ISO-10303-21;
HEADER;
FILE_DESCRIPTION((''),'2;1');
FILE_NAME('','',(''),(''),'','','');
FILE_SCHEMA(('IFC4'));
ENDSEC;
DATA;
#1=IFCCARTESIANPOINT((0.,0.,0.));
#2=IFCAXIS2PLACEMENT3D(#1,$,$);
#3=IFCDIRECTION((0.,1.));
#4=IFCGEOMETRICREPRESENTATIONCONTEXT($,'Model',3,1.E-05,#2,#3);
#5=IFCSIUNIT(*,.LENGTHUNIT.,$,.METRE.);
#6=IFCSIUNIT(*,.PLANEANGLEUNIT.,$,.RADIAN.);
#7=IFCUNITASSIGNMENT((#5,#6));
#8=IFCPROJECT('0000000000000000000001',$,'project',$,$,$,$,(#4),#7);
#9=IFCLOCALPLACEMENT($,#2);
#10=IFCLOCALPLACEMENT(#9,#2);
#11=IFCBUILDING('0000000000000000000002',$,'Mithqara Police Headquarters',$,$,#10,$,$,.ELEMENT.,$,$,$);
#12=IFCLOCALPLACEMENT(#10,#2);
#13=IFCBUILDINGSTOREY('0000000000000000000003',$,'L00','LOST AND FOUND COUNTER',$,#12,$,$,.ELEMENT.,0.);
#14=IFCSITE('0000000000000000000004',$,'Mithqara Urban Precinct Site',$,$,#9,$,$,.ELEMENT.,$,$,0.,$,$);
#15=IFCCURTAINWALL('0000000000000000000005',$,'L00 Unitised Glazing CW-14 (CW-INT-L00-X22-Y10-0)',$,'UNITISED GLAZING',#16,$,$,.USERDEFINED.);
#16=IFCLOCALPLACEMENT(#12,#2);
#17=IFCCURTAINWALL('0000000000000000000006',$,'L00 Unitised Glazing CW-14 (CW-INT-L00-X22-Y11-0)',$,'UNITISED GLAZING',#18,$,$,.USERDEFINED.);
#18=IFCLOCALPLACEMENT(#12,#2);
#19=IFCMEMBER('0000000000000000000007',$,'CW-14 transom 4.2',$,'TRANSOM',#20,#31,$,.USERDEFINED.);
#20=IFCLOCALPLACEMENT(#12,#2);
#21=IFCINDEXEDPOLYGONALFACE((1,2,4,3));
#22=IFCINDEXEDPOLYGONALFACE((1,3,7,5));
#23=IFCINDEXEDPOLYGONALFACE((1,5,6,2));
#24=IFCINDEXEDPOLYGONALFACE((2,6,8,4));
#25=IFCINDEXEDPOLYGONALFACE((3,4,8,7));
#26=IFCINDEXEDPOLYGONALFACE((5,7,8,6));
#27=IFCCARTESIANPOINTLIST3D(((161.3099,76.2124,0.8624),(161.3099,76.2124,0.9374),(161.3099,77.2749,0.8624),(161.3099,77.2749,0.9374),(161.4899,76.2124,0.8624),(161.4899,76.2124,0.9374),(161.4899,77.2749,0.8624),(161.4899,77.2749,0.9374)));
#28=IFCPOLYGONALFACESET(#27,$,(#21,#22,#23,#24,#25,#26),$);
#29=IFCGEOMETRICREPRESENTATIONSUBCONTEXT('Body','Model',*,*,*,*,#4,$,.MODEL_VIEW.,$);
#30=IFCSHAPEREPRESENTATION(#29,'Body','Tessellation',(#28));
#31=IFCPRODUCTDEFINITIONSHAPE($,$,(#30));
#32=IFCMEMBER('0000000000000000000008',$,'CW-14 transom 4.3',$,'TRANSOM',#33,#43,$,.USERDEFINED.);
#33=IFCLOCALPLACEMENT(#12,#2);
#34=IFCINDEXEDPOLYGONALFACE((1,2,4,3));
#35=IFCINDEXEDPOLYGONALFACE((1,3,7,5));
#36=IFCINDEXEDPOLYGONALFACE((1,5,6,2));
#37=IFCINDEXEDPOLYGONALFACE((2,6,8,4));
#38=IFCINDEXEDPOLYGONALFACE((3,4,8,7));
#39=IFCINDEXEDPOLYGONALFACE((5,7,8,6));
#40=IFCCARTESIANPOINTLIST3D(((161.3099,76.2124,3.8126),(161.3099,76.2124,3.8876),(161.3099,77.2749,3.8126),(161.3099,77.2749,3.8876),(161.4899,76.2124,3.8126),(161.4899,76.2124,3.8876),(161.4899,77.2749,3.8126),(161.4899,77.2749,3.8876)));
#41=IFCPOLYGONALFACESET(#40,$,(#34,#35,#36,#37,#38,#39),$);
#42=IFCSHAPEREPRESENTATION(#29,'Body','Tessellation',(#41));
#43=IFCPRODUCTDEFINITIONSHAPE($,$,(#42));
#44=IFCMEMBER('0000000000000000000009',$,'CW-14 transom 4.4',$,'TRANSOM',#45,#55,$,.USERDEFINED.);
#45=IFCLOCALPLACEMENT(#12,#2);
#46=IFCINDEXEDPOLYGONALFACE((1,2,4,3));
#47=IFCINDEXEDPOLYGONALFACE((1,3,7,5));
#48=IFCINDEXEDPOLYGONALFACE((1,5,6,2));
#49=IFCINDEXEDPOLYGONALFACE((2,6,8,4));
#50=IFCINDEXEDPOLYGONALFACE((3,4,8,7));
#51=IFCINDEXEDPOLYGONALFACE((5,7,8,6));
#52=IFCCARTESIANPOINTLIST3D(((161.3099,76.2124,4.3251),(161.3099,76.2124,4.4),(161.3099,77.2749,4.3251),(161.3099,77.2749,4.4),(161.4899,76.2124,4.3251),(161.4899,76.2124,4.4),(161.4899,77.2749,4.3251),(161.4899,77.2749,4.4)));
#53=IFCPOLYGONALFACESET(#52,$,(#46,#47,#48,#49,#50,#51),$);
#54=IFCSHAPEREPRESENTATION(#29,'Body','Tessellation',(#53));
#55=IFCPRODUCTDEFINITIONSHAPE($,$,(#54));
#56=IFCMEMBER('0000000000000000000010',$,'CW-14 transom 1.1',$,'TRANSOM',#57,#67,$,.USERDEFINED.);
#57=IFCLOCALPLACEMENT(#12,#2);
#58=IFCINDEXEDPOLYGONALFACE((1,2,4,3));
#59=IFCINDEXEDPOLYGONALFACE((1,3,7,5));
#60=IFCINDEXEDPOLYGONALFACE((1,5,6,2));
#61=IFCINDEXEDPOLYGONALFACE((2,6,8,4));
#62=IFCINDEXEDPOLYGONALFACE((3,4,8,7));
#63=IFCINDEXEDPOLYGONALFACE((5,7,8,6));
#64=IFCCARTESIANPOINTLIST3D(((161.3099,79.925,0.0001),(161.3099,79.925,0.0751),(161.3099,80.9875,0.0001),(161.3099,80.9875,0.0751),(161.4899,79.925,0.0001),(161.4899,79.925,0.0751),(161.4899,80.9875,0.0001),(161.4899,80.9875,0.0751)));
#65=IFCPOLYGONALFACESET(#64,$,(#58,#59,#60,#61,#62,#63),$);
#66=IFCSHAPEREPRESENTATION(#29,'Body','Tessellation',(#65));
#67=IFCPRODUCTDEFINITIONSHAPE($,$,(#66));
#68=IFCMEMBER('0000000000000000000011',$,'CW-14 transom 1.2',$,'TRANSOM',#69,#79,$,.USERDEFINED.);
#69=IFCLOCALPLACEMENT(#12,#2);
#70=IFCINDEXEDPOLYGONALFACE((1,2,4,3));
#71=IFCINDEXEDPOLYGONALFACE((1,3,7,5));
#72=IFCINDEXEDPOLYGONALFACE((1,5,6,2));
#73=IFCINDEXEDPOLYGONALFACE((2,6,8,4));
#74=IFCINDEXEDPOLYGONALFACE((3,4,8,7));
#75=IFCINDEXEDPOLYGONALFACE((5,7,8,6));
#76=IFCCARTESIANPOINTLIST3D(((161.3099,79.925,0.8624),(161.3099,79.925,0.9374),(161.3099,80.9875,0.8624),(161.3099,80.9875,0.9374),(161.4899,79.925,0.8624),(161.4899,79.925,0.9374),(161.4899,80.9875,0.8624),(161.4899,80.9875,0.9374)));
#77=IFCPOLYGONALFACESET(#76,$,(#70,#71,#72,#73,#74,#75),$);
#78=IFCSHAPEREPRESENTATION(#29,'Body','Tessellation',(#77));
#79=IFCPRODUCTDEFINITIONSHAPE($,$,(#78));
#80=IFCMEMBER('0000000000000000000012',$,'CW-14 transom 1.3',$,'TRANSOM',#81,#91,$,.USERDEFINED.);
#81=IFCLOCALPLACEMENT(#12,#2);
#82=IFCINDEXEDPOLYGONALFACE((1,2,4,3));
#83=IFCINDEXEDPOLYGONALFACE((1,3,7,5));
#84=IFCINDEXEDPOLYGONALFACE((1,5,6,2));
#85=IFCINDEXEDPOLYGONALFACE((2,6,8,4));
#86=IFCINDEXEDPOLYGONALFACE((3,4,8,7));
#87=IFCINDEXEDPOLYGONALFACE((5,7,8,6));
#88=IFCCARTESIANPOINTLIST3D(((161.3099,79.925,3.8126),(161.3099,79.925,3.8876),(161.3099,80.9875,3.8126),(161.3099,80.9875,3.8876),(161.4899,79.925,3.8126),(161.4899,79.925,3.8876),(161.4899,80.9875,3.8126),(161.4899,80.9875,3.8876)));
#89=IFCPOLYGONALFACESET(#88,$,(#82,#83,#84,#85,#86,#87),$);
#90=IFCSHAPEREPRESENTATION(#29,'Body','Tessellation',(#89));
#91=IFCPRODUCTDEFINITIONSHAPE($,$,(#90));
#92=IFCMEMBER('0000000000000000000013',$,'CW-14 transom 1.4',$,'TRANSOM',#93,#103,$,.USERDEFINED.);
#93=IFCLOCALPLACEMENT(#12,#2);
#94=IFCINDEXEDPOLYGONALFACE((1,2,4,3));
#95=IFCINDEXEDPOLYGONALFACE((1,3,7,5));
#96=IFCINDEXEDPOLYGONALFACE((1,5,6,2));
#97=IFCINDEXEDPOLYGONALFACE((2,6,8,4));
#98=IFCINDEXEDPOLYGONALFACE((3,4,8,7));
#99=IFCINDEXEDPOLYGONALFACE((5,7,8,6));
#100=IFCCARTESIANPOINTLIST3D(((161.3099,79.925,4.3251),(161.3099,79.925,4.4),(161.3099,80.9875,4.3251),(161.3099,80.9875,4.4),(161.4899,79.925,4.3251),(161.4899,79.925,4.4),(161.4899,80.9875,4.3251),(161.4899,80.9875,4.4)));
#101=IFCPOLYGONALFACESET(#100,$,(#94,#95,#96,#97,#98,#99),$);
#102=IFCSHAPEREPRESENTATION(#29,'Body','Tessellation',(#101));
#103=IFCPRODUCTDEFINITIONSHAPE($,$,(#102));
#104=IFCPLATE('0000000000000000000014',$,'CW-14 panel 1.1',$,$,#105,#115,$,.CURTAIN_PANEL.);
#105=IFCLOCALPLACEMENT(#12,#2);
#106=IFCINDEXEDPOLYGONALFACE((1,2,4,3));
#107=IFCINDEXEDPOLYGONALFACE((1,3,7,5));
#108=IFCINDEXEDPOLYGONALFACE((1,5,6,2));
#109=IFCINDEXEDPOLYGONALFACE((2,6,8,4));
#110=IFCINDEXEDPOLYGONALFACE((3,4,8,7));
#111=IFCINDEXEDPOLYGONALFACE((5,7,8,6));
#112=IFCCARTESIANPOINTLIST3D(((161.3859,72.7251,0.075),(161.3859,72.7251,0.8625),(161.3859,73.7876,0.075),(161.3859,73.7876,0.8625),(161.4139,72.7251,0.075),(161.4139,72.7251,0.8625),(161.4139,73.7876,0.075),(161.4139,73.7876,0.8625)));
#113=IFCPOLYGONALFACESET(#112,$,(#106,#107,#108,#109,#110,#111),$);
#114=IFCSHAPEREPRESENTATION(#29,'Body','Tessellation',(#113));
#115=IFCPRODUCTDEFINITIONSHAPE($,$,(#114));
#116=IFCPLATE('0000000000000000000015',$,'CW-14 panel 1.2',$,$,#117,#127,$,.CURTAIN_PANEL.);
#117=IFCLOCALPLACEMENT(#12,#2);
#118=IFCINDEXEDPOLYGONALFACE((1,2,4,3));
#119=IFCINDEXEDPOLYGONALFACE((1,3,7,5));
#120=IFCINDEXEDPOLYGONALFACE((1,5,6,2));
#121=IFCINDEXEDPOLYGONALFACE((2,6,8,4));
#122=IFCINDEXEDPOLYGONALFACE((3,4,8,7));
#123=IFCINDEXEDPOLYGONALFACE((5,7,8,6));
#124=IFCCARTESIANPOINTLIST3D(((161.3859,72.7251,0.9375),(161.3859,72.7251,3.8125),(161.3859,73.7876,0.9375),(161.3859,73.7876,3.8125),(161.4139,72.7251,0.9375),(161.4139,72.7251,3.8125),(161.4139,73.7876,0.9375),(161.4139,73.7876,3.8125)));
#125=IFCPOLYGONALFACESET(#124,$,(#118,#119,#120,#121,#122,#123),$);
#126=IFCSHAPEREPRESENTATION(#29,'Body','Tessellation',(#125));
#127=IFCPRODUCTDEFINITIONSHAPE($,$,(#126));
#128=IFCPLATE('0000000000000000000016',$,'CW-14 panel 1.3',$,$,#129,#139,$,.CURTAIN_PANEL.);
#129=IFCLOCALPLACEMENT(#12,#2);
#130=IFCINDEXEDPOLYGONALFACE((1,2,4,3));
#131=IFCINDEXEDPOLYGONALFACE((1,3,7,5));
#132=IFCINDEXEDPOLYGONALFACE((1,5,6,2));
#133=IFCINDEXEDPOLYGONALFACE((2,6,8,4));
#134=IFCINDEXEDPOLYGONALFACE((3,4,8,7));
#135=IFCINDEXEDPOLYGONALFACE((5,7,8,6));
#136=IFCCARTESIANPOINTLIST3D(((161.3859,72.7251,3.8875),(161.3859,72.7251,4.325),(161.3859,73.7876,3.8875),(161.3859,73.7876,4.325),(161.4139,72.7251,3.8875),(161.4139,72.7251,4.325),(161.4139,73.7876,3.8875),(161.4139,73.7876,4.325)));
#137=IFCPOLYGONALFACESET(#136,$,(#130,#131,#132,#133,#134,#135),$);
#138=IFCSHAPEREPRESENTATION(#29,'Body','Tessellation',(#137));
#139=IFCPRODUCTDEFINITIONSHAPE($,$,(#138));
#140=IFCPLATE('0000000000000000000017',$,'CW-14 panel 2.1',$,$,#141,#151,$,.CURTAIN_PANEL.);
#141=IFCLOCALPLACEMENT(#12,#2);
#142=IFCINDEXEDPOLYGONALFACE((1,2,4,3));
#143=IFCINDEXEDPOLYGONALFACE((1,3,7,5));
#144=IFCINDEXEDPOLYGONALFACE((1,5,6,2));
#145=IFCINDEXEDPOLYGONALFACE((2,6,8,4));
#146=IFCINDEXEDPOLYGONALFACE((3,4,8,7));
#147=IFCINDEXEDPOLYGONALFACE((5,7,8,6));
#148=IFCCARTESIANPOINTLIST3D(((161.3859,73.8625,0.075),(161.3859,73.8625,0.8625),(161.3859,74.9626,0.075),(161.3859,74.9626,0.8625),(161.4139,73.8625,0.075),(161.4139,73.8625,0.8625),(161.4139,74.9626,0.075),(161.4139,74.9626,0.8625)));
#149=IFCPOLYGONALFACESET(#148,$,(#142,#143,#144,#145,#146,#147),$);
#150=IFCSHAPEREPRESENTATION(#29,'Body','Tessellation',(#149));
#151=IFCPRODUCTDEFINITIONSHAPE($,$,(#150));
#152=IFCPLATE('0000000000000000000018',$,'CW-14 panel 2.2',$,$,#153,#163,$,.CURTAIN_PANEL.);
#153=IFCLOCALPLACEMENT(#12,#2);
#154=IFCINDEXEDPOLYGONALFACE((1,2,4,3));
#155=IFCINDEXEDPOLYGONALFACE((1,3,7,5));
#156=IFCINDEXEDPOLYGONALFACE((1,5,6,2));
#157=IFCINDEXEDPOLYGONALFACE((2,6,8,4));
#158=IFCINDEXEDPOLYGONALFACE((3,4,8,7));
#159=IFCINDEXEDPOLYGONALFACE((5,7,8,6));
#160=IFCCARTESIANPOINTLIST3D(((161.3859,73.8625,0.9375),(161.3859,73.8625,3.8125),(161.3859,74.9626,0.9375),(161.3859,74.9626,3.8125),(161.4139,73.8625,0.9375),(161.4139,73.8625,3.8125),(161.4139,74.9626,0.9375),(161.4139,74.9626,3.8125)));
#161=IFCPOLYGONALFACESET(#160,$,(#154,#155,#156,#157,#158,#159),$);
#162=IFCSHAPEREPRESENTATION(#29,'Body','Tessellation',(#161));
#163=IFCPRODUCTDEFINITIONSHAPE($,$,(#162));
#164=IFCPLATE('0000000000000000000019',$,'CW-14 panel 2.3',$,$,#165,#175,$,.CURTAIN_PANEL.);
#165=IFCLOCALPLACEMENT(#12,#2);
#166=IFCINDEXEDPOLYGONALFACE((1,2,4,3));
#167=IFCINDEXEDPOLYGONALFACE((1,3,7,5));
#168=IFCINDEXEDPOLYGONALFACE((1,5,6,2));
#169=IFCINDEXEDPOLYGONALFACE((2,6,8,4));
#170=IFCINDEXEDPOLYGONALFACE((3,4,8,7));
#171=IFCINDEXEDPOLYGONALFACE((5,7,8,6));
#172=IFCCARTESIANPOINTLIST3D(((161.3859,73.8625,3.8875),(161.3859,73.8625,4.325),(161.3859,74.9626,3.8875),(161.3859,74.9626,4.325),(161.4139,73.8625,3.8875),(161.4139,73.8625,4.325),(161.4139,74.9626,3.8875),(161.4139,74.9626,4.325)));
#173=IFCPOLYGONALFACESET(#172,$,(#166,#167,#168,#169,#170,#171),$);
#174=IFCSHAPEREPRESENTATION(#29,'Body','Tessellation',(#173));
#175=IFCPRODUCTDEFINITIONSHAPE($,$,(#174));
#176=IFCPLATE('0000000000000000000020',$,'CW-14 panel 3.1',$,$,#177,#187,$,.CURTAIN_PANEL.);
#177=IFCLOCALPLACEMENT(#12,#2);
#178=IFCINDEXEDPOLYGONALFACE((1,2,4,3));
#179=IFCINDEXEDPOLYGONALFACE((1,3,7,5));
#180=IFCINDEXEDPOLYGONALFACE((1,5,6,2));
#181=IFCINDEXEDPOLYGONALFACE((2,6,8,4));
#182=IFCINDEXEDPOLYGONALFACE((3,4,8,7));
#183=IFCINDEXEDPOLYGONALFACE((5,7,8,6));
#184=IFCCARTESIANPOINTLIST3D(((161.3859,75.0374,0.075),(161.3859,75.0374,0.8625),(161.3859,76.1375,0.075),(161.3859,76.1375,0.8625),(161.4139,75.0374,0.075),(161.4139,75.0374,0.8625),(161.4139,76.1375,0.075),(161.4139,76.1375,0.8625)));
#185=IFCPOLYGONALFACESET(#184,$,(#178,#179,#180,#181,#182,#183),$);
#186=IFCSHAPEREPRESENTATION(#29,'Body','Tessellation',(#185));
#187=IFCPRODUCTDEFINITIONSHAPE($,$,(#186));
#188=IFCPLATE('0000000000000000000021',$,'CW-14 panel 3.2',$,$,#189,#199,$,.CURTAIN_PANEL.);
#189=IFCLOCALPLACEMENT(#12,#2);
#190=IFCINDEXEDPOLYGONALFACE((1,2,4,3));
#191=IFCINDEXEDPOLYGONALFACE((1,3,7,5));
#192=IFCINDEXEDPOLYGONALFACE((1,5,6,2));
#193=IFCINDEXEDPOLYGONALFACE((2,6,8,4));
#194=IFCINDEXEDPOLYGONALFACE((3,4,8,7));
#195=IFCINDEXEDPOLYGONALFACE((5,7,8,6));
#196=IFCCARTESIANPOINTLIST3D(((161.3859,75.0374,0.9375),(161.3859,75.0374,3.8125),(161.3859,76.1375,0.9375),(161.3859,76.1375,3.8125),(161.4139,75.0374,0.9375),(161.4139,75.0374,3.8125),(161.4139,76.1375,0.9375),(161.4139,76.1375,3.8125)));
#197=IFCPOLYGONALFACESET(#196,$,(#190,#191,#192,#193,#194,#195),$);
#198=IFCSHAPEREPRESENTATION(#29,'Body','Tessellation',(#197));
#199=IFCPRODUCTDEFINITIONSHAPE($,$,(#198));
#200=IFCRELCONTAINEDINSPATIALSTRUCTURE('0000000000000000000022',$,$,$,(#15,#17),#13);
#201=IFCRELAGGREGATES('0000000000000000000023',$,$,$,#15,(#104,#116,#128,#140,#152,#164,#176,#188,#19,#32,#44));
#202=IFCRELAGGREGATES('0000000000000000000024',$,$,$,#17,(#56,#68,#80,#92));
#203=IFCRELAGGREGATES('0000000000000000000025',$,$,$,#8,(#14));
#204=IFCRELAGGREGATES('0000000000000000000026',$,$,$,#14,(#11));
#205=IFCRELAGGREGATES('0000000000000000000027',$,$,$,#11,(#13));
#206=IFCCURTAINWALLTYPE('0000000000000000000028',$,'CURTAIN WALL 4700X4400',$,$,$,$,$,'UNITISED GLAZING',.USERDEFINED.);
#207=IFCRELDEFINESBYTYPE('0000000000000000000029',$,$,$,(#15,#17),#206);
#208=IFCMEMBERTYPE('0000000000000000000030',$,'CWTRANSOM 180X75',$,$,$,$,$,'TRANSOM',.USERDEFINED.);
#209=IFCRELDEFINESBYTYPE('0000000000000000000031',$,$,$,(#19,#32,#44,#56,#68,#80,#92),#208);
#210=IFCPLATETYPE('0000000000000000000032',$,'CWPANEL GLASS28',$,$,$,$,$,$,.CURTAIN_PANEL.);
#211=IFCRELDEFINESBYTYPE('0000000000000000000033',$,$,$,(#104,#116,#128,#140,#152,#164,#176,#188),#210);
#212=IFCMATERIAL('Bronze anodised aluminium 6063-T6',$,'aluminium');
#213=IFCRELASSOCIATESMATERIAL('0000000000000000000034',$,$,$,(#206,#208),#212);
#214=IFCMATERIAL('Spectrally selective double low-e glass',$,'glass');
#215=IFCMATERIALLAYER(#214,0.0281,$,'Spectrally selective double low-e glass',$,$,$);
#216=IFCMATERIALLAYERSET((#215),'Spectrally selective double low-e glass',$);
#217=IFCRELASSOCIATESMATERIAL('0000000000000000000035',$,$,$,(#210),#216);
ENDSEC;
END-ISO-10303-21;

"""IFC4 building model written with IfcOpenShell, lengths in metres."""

from ifc_helpers import new_model, si_unit, direction, frame, origin, origin_2d, place, context, subcontext, project, spatial, rectangle, extrude, material, layer, layer_set, material_profile, profile_set, type_object, element, aggregate, save


model = new_model("IFC4")

# Units and contexts
model_context = context("Model", 3, precision=1e-05, world=origin(), true_north=direction((0.0, 1.0)))
body_context = subcontext(model_context, "Body", "Model", "MODEL_VIEW")
ifc_project = project(units=[si_unit("LENGTHUNIT", "METRE"), si_unit("PLANEANGLEUNIT", "RADIAN")], contexts=[model_context])

# Site, building, storey
site_placement = place(None, origin())
site = spatial("IfcSite", under=ifc_project, at=site_placement, Name="Mithqara Urban Precinct Site", CompositionType="ELEMENT", RefElevation=0.0)
building_placement = place(site_placement, origin())
building = spatial("IfcBuilding", under=site, at=building_placement, Name="Mithqara Police Headquarters", CompositionType="ELEMENT")
storey_placement = place(building_placement, origin())
storey = spatial("IfcBuildingStorey", under=building, at=storey_placement, Name="L00", Description="LOST AND FOUND COUNTER", CompositionType="ELEMENT", Elevation=0.0)

# Curtain wall
ifc_material_1 = material(Name="Bronze anodised aluminium 6063-T6", Category="aluminium")
curtain_wall_type = type_object("IfcCurtainWallType", Name="CURTAIN WALL 4700X4400", ElementType="UNITISED GLAZING", PredefinedType="USERDEFINED", material=ifc_material_1)
curtain_wall_1_placement = place(storey_placement, origin())
curtain_wall_1 = element("IfcCurtainWall", 1, at=curtain_wall_1_placement, inside=storey, type_object=curtain_wall_type, Name="L00 Unitised Glazing CW-14 (CW-INT-L00-X22-Y10-0)", ObjectType="UNITISED GLAZING", PredefinedType="USERDEFINED")

# Curtain wall
curtain_wall_2_placement = place(storey_placement, origin())
curtain_wall_2 = element("IfcCurtainWall", 2, at=curtain_wall_2_placement, inside=storey, type_object=curtain_wall_type, Name="L00 Unitised Glazing CW-14 (CW-INT-L00-X22-Y11-0)", ObjectType="UNITISED GLAZING", PredefinedType="USERDEFINED")

# Members
ifc_material_profile_1 = material_profile(ifc_material_1, rectangle(XDim=0.1799, YDim=0.075, at=origin_2d()), Name="CWT 180x75")
ifc_profile_set_1 = profile_set([ifc_material_profile_1], Name="Bronze anodised aluminium 6063-T6")
member_type_1 = type_object("IfcMemberType", Name="CWTRANSOM 180X75", ElementType="TRANSOM", PredefinedType="USERDEFINED", material=ifc_profile_set_1)
member_1_placement = place(storey_placement, frame((161.3999, 76.2124, 0.8999), z_axis=(0.0, 1.0, 0.0), x_axis=(-1.0, 0.0, 0.0)))
member_1 = element("IfcMember", 3, at=member_1_placement, type_object=member_type_1, Name="CW-14 transom 4.2", ObjectType="TRANSOM", PredefinedType="USERDEFINED", context=body_context, shape_type="SweptSolid", body=[
    extrude(rectangle(XDim=0.1799, YDim=0.075, at=origin_2d()), origin(), (0.0, 0.0, 1.0), 1.0625),
])
member_2_placement = place(storey_placement, frame((161.3999, 76.2124, 3.8501), z_axis=(0.0, 1.0, 0.0), x_axis=(-1.0, 0.0, 0.0)))
member_2 = element("IfcMember", 4, at=member_2_placement, type_object=member_type_1, Name="CW-14 transom 4.3", ObjectType="TRANSOM", PredefinedType="USERDEFINED", context=body_context, shape_type="SweptSolid", body=[
    extrude(rectangle(XDim=0.1799, YDim=0.075, at=origin_2d()), origin(), (0.0, 0.0, 1.0), 1.0625),
])
member_3_placement = place(storey_placement, frame((161.3999, 76.2124, 4.3625), z_axis=(0.0, 1.0, 0.0), x_axis=(-1.0, 0.0, 0.0)))
member_3 = element("IfcMember", 5, at=member_3_placement, type_object=member_type_1, Name="CW-14 transom 4.4", ObjectType="TRANSOM", PredefinedType="USERDEFINED", context=body_context, shape_type="SweptSolid", body=[
    extrude(rectangle(XDim=0.1799, YDim=0.075, at=origin_2d()), origin(), (0.0, 0.0, 1.0), 1.0625),
])
member_4_placement = place(storey_placement, frame((161.3999, 79.925, 0.0376), z_axis=(0.0, 1.0, 0.0), x_axis=(-1.0, 0.0, 0.0)))
member_4 = element("IfcMember", 6, at=member_4_placement, type_object=member_type_1, Name="CW-14 transom 1.1", ObjectType="TRANSOM", PredefinedType="USERDEFINED", context=body_context, shape_type="SweptSolid", body=[
    extrude(rectangle(XDim=0.1799, YDim=0.075, at=origin_2d()), origin(), (0.0, 0.0, 1.0), 1.0625),
])
member_5_placement = place(storey_placement, frame((161.3999, 79.925, 0.8999), z_axis=(0.0, 1.0, 0.0), x_axis=(-1.0, 0.0, 0.0)))
member_5 = element("IfcMember", 7, at=member_5_placement, type_object=member_type_1, Name="CW-14 transom 1.2", ObjectType="TRANSOM", PredefinedType="USERDEFINED", context=body_context, shape_type="SweptSolid", body=[
    extrude(rectangle(XDim=0.1799, YDim=0.075, at=origin_2d()), origin(), (0.0, 0.0, 1.0), 1.0625),
])
member_6_placement = place(storey_placement, frame((161.3999, 79.925, 3.8501), z_axis=(0.0, 1.0, 0.0), x_axis=(-1.0, 0.0, 0.0)))
member_6 = element("IfcMember", 8, at=member_6_placement, type_object=member_type_1, Name="CW-14 transom 1.3", ObjectType="TRANSOM", PredefinedType="USERDEFINED", context=body_context, shape_type="SweptSolid", body=[
    extrude(rectangle(XDim=0.1799, YDim=0.075, at=origin_2d()), origin(), (0.0, 0.0, 1.0), 1.0625),
])
member_7_placement = place(storey_placement, frame((161.3999, 79.925, 4.3625), z_axis=(0.0, 1.0, 0.0), x_axis=(-1.0, 0.0, 0.0)))
member_7 = element("IfcMember", 9, at=member_7_placement, type_object=member_type_1, Name="CW-14 transom 1.4", ObjectType="TRANSOM", PredefinedType="USERDEFINED", context=body_context, shape_type="SweptSolid", body=[
    extrude(rectangle(XDim=0.1799, YDim=0.075, at=origin_2d()), origin(), (0.0, 0.0, 1.0), 1.0625),
])

# Plates
ifc_material_2 = material(Name="Spectrally selective double low-e glass", Category="glass")
ifc_layer = layer(ifc_material_2, 0.0281, Name="Spectrally selective double low-e glass")
ifc_layer_set = layer_set([ifc_layer], Name="Spectrally selective double low-e glass")
plate_type = type_object("IfcPlateType", Name="CWPANEL GLASS28", PredefinedType="CURTAIN_PANEL", material=ifc_layer_set)
plate_1_placement = place(storey_placement, frame((161.3999, 73.2563, 0.075), z_axis=(0.0, 0.0, 1.0), x_axis=(0.0, 1.0, 0.0)))
plate_1 = element("IfcPlate", 10, at=plate_1_placement, type_object=plate_type, Name="CW-14 panel 1.1", PredefinedType="CURTAIN_PANEL", context=body_context, shape_type="SweptSolid", body=[
    extrude(rectangle(XDim=1.0625, YDim=0.0281, at=origin_2d()), origin(), (0.0, 0.0, 1.0), 0.7876),
])
plate_2_placement = place(storey_placement, frame((161.3999, 73.2563, 0.9375), z_axis=(0.0, 0.0, 1.0), x_axis=(0.0, 1.0, 0.0)))
plate_2 = element("IfcPlate", 11, at=plate_2_placement, type_object=plate_type, Name="CW-14 panel 1.2", PredefinedType="CURTAIN_PANEL", context=body_context, shape_type="SweptSolid", body=[
    extrude(rectangle(XDim=1.0625, YDim=0.0281, at=origin_2d()), origin(), (0.0, 0.0, 1.0), 2.875),
])
plate_3_placement = place(storey_placement, frame((161.3999, 73.2563, 3.8875), z_axis=(0.0, 0.0, 1.0), x_axis=(0.0, 1.0, 0.0)))
plate_3 = element("IfcPlate", 12, at=plate_3_placement, type_object=plate_type, Name="CW-14 panel 1.3", PredefinedType="CURTAIN_PANEL", context=body_context, shape_type="SweptSolid", body=[
    extrude(rectangle(XDim=1.0625, YDim=0.0281, at=origin_2d()), origin(), (0.0, 0.0, 1.0), 0.4375),
])
plate_4_placement = place(storey_placement, frame((161.3999, 74.4126, 0.075), z_axis=(0.0, 0.0, 1.0), x_axis=(0.0, 1.0, 0.0)))
plate_4 = element("IfcPlate", 13, at=plate_4_placement, type_object=plate_type, Name="CW-14 panel 2.1", PredefinedType="CURTAIN_PANEL", context=body_context, shape_type="SweptSolid", body=[
    extrude(rectangle(XDim=1.1001, YDim=0.0281, at=origin_2d()), origin(), (0.0, 0.0, 1.0), 0.7876),
])
plate_5_placement = place(storey_placement, frame((161.3999, 74.4126, 0.9375), z_axis=(0.0, 0.0, 1.0), x_axis=(0.0, 1.0, 0.0)))
plate_5 = element("IfcPlate", 14, at=plate_5_placement, type_object=plate_type, Name="CW-14 panel 2.2", PredefinedType="CURTAIN_PANEL", context=body_context, shape_type="SweptSolid", body=[
    extrude(rectangle(XDim=1.1001, YDim=0.0281, at=origin_2d()), origin(), (0.0, 0.0, 1.0), 2.875),
])
plate_6_placement = place(storey_placement, frame((161.3999, 74.4126, 3.8875), z_axis=(0.0, 0.0, 1.0), x_axis=(0.0, 1.0, 0.0)))
plate_6 = element("IfcPlate", 15, at=plate_6_placement, type_object=plate_type, Name="CW-14 panel 2.3", PredefinedType="CURTAIN_PANEL", context=body_context, shape_type="SweptSolid", body=[
    extrude(rectangle(XDim=1.1001, YDim=0.0281, at=origin_2d()), origin(), (0.0, 0.0, 1.0), 0.4375),
])
plate_7_placement = place(storey_placement, frame((161.3999, 75.5874, 0.075), z_axis=(0.0, 0.0, 1.0), x_axis=(0.0, 1.0, 0.0)))
plate_7 = element("IfcPlate", 16, at=plate_7_placement, type_object=plate_type, Name="CW-14 panel 3.1", PredefinedType="CURTAIN_PANEL", context=body_context, shape_type="SweptSolid", body=[
    extrude(rectangle(XDim=1.1001, YDim=0.0281, at=origin_2d()), origin(), (0.0, 0.0, 1.0), 0.7876),
])
plate_8_placement = place(storey_placement, frame((161.3999, 75.5874, 0.9375), z_axis=(0.0, 0.0, 1.0), x_axis=(0.0, 1.0, 0.0)))
plate_8 = element("IfcPlate", 17, at=plate_8_placement, type_object=plate_type, Name="CW-14 panel 3.2", PredefinedType="CURTAIN_PANEL", context=body_context, shape_type="SweptSolid", body=[
    extrude(rectangle(XDim=1.1001, YDim=0.0281, at=origin_2d()), origin(), (0.0, 0.0, 1.0), 2.875),
])
aggregate(curtain_wall_1, [plate_1, plate_2, plate_3, plate_4, plate_5, plate_6, plate_7, plate_8, member_1, member_2, member_3])
aggregate(curtain_wall_2, [member_4, member_5, member_6, member_7])

save(model, "model.ifc")
